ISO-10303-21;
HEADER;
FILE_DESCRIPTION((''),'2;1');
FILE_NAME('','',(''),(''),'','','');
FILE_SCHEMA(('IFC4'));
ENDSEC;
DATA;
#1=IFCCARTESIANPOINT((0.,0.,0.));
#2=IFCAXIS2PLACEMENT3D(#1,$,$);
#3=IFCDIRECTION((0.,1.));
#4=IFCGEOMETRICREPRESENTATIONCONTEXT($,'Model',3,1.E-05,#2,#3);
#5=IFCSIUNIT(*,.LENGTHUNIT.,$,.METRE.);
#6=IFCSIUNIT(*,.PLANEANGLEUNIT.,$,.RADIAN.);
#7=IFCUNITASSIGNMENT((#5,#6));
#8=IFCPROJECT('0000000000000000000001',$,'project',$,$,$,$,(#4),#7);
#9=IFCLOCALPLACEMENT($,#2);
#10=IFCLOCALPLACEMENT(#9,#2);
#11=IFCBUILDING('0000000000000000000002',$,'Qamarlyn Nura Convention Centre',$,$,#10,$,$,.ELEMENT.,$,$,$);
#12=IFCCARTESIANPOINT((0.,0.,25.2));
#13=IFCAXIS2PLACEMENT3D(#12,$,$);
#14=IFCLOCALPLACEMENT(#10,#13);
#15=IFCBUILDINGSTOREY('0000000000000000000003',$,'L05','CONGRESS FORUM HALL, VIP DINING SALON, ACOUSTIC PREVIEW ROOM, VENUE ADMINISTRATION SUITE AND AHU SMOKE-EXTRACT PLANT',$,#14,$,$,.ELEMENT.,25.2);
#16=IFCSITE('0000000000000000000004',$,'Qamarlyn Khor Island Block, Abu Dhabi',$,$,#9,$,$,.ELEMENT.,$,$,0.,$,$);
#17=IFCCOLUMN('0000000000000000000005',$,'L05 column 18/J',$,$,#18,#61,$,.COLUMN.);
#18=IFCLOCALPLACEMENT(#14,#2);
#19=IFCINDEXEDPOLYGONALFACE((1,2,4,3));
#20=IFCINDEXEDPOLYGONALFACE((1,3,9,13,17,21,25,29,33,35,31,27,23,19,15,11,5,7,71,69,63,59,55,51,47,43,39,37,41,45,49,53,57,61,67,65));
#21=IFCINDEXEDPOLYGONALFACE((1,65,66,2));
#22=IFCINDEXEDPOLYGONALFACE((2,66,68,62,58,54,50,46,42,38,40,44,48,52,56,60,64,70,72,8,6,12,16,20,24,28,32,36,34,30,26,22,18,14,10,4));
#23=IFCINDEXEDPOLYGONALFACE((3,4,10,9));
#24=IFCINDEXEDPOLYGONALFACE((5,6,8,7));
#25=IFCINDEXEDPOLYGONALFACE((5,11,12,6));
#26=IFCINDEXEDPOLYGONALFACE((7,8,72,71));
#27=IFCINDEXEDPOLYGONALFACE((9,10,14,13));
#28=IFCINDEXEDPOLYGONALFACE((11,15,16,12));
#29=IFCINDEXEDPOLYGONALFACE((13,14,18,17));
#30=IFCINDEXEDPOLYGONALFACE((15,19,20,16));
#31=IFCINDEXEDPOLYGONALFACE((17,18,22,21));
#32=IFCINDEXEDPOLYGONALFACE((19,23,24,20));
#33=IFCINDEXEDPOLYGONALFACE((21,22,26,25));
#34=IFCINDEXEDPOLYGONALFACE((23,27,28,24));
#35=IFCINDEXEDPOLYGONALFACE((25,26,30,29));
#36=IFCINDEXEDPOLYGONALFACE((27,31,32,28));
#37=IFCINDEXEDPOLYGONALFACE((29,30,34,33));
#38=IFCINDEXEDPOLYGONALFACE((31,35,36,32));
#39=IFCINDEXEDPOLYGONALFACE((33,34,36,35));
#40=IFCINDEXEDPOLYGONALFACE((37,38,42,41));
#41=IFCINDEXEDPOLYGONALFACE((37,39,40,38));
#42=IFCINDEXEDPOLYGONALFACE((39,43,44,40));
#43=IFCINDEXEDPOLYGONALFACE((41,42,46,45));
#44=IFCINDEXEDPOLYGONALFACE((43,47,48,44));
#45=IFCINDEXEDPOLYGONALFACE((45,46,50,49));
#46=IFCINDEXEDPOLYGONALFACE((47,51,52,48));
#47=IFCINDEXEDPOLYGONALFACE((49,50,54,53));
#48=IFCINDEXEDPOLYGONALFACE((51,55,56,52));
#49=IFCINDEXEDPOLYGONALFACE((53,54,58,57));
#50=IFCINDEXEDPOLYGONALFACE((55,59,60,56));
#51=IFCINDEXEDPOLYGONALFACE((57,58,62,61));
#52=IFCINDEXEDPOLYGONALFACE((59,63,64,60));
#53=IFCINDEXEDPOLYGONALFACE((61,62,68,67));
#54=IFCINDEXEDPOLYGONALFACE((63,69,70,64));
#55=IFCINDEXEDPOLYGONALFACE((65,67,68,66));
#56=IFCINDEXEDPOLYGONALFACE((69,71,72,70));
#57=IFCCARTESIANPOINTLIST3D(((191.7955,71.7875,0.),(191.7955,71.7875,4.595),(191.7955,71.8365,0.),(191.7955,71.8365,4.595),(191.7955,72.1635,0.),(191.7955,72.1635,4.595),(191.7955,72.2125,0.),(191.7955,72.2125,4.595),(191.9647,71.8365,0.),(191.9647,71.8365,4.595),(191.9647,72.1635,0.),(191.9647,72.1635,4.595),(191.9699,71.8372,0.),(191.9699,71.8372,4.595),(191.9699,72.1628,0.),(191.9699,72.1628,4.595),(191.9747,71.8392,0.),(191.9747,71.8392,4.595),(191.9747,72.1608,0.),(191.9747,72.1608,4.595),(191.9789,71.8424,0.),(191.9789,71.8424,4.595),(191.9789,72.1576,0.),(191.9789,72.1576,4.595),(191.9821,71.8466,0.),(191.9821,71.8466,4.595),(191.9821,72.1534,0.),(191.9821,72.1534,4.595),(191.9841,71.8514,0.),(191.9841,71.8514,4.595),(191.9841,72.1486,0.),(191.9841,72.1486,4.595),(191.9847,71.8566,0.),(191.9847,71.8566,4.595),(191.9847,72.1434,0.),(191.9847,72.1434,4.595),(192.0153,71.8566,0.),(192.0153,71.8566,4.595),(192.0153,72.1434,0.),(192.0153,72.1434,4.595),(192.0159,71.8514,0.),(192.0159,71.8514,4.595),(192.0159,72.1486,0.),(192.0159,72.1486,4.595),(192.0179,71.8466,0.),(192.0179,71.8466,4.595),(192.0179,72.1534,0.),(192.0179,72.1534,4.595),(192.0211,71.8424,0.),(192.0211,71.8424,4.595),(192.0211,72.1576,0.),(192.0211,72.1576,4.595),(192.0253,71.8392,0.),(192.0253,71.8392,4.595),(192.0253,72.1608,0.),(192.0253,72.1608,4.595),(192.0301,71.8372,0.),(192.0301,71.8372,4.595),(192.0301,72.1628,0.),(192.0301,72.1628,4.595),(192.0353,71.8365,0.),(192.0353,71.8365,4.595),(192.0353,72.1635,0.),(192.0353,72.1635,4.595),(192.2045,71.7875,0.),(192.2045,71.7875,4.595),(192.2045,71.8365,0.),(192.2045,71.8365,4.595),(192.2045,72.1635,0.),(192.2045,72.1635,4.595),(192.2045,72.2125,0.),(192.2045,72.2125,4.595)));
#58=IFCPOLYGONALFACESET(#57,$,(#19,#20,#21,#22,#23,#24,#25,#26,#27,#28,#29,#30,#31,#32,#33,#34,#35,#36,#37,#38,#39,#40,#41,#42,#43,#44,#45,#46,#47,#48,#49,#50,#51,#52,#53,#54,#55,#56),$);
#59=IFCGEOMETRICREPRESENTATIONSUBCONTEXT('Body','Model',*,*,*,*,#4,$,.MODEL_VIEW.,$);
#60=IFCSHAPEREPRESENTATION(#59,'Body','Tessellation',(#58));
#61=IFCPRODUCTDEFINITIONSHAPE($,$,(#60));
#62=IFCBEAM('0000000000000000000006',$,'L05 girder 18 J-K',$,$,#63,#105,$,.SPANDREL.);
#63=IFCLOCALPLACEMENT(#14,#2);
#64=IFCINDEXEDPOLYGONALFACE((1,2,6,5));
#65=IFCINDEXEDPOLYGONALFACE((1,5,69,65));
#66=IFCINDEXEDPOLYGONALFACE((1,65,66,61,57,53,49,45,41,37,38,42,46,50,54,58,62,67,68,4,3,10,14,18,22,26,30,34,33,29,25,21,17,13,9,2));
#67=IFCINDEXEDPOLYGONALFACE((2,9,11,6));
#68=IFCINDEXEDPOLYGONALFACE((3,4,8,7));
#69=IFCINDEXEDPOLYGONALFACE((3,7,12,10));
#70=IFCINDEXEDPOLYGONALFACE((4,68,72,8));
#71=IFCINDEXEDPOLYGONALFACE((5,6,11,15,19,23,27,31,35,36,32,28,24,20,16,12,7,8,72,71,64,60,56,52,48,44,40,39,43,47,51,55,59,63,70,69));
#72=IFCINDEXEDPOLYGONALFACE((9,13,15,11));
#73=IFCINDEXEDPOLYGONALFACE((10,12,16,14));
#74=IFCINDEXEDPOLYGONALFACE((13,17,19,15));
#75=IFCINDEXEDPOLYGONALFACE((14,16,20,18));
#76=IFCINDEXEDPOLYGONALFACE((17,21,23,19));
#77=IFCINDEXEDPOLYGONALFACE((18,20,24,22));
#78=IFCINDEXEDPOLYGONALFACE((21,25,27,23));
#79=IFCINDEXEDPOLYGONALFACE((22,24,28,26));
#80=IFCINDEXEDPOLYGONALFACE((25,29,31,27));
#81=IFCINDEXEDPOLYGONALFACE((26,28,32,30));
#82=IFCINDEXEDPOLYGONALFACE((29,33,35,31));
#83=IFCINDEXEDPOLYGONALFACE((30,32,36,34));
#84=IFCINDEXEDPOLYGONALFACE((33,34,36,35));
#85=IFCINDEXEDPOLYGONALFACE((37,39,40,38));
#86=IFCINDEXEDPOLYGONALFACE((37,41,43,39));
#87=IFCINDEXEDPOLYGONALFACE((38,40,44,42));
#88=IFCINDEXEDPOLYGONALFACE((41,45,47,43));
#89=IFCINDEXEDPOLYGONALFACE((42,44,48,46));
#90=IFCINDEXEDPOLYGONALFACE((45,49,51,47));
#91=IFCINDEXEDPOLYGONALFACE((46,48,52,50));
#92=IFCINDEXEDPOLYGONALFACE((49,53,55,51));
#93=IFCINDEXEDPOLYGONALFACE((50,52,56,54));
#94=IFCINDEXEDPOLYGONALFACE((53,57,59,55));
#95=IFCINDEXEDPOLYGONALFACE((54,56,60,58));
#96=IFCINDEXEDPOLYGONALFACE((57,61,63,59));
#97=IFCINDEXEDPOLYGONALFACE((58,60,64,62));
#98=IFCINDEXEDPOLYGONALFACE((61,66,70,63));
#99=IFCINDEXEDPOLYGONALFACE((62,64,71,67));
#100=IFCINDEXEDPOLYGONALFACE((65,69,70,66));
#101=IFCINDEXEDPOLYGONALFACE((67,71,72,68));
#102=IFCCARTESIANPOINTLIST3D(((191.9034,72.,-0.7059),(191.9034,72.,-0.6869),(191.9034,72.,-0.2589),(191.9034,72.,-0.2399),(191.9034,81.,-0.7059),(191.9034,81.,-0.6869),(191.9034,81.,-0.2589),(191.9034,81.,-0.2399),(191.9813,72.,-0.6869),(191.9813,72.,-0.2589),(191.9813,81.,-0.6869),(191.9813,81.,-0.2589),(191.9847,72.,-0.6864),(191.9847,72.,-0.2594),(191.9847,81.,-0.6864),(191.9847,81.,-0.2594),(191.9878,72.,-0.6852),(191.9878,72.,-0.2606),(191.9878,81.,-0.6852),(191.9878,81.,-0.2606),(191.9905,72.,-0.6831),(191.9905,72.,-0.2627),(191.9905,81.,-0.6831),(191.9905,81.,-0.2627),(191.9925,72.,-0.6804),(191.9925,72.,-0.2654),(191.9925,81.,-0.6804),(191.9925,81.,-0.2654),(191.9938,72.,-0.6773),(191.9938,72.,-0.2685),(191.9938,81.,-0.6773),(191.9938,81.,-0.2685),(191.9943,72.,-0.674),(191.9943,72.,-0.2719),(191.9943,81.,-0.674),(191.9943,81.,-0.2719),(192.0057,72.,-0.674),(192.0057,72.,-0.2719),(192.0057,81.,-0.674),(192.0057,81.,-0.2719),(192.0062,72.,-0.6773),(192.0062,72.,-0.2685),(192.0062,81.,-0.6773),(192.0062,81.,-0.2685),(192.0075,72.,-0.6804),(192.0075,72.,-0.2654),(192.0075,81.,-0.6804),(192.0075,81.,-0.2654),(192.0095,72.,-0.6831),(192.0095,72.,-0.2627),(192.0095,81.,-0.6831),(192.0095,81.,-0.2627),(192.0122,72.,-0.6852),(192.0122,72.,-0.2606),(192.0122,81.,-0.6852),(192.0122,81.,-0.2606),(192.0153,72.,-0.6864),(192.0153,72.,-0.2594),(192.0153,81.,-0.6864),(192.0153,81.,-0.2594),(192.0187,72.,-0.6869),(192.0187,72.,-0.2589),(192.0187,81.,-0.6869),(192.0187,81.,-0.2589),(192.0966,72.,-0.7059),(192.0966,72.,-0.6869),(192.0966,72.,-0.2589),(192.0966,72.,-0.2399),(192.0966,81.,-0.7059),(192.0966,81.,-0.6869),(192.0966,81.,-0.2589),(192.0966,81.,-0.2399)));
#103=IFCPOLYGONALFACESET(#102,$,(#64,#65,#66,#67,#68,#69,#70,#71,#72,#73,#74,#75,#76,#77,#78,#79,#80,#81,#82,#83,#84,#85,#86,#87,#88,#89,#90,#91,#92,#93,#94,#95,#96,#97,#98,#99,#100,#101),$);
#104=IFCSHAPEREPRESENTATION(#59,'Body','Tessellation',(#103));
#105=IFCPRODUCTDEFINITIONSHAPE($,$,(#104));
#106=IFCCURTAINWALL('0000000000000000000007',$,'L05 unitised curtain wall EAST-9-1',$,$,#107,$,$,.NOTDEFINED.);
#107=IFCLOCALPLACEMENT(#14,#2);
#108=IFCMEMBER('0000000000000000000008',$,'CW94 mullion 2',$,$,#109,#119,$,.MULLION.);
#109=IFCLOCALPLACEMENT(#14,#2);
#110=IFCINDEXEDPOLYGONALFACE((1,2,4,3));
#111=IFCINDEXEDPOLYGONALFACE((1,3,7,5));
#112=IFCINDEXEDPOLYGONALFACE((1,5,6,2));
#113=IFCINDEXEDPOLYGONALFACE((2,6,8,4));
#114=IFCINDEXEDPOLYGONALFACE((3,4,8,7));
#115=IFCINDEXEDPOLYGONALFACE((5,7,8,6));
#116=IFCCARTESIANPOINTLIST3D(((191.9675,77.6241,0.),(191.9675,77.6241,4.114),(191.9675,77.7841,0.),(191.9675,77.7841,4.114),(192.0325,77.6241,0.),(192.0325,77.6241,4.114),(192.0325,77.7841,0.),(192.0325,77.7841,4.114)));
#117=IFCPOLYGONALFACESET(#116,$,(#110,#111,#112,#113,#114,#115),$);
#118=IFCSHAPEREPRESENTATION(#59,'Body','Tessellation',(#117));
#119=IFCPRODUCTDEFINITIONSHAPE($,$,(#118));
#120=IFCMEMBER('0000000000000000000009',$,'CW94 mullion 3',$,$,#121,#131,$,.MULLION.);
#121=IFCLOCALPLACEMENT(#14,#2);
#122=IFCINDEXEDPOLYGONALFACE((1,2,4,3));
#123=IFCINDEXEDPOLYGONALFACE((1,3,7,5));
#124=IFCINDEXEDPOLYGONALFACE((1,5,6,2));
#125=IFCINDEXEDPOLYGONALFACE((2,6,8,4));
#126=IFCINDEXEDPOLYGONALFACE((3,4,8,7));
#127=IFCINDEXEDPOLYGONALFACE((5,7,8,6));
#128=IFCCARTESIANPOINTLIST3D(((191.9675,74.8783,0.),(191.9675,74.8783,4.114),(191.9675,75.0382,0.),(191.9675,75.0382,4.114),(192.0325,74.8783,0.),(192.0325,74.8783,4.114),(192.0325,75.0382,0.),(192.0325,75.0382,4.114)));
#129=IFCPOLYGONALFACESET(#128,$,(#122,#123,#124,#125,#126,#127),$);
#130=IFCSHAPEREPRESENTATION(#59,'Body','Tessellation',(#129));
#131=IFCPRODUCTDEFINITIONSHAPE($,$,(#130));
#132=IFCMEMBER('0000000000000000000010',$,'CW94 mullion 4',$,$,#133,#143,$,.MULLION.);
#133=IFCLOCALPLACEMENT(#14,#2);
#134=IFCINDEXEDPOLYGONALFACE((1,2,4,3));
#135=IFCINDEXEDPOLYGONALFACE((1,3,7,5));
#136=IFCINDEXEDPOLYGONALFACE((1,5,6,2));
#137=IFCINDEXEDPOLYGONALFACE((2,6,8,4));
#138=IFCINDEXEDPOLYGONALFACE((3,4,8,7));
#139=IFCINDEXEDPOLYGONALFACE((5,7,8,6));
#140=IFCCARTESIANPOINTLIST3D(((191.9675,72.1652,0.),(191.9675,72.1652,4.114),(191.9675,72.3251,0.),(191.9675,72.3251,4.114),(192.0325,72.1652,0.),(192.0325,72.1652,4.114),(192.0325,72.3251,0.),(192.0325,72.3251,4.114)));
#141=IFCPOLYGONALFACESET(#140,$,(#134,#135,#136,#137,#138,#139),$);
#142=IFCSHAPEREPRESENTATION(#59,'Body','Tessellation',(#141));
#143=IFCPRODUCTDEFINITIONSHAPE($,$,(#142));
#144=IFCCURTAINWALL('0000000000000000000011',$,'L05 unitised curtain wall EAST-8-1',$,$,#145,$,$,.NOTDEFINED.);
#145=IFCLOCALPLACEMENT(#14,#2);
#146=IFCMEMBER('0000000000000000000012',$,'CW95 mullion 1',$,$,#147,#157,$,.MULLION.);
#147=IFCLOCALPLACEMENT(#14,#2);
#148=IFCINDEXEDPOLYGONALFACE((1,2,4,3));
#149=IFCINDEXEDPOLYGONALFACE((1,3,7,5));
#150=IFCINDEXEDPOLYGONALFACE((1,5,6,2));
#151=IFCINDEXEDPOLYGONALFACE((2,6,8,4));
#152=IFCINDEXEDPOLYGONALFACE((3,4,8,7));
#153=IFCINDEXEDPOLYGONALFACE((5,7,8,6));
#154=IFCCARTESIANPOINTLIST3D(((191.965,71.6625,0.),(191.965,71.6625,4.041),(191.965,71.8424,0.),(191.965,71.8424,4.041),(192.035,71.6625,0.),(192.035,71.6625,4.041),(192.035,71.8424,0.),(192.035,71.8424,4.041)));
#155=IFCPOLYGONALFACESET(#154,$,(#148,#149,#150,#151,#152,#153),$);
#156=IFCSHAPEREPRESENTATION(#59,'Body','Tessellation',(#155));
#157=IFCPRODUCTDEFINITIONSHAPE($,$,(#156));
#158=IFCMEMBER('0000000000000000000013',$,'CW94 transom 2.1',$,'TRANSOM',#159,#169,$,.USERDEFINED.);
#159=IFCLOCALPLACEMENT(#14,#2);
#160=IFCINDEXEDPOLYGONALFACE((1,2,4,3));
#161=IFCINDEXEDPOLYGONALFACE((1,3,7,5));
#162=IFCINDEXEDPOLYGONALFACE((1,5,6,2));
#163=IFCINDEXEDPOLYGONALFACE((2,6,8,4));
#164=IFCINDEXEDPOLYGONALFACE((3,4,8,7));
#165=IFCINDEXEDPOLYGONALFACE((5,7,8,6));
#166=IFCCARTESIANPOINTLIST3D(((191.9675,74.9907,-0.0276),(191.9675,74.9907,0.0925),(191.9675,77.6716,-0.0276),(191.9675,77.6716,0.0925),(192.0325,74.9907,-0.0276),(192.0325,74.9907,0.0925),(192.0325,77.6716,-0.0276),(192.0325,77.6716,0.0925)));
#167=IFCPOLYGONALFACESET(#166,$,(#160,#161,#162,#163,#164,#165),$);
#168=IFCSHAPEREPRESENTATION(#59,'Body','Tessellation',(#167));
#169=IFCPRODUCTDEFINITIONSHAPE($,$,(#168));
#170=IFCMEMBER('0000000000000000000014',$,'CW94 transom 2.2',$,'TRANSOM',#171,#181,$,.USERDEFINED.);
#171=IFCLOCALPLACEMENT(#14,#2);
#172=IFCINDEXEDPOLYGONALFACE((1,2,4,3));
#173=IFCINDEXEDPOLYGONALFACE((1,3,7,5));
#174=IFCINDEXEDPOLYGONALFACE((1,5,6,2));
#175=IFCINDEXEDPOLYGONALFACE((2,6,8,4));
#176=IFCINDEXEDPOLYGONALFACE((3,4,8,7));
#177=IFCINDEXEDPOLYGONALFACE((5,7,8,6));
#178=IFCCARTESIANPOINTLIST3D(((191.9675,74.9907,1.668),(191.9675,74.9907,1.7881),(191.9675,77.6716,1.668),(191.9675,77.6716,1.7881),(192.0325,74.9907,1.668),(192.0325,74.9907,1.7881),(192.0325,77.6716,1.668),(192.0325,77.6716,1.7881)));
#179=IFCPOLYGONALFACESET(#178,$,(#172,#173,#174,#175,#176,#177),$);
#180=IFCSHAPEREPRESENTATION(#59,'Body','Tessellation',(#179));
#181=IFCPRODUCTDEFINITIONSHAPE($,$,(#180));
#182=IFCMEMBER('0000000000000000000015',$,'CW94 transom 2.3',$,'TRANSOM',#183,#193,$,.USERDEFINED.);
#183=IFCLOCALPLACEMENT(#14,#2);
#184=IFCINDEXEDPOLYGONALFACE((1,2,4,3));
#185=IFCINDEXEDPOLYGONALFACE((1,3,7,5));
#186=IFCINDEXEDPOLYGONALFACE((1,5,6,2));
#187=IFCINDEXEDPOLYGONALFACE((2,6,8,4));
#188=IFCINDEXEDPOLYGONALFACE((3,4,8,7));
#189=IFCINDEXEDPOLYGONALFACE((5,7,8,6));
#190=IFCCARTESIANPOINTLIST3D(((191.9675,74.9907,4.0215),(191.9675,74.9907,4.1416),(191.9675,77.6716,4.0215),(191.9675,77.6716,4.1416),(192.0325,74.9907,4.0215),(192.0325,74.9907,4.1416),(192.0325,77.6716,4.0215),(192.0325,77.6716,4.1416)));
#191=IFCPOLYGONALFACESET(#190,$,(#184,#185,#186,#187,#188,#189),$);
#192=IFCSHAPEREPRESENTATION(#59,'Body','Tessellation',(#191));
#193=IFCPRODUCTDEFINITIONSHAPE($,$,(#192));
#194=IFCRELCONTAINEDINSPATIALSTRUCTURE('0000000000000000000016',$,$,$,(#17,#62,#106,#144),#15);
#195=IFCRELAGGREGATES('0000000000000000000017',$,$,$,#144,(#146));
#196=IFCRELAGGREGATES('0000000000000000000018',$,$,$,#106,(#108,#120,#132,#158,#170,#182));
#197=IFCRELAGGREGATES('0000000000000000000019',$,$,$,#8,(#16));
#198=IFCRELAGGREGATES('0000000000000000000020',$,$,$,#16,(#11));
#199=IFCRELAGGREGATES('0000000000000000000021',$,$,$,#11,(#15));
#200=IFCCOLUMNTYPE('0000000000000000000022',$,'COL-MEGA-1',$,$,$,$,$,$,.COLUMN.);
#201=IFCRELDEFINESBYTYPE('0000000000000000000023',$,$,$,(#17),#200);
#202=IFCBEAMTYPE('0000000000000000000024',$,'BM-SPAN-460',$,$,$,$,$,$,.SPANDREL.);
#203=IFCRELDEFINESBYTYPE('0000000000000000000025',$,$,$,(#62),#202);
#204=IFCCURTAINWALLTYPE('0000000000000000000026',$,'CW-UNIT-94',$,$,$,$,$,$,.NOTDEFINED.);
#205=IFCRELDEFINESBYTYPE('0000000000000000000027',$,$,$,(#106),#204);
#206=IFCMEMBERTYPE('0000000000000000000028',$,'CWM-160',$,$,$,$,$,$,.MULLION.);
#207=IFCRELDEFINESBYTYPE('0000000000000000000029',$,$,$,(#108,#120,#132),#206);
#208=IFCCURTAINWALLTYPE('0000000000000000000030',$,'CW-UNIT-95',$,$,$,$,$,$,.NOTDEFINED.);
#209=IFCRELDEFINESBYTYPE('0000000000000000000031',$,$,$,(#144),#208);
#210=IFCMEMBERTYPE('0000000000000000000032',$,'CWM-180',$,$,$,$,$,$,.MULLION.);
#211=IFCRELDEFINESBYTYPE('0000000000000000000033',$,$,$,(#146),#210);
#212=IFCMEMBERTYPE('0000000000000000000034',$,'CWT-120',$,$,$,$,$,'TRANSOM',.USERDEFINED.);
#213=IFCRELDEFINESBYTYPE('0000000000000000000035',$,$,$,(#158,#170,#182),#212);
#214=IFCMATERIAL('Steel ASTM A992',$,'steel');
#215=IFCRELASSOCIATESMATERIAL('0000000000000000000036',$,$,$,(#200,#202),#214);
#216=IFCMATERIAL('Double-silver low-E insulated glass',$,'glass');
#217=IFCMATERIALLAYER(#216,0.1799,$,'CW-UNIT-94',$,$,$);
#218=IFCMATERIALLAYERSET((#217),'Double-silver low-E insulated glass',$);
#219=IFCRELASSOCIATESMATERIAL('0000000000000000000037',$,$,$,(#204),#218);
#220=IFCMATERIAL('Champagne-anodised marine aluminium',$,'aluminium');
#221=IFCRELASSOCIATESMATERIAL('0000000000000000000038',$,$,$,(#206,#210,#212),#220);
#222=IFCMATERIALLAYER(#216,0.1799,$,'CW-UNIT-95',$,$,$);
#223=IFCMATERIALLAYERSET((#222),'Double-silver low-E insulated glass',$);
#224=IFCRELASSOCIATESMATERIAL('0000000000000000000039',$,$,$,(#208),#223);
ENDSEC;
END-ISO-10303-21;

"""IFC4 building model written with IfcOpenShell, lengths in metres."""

from ifc_helpers import new_model, si_unit, direction, frame, origin, origin_2d, place, context, subcontext, project, spatial, rectangle, i_section, extrude, material, layer, layer_set, material_profile, profile_set, type_object, element, aggregate, save


model = new_model("IFC4")

# Units and contexts
model_context = context("Model", 3, precision=1e-05, world=origin(), true_north=direction((0.0, 1.0)))
body_context = subcontext(model_context, "Body", "Model", "MODEL_VIEW")
ifc_project = project(units=[si_unit("LENGTHUNIT", "METRE"), si_unit("PLANEANGLEUNIT", "RADIAN")], contexts=[model_context])

# Site, building, storey
site_placement = place(None, origin())
site = spatial("IfcSite", under=ifc_project, at=site_placement, Name="Qamarlyn Khor Island Block, Abu Dhabi", CompositionType="ELEMENT", RefElevation=0.0)
building_placement = place(site_placement, origin())
building = spatial("IfcBuilding", under=site, at=building_placement, Name="Qamarlyn Nura Convention Centre", CompositionType="ELEMENT")
storey_placement = place(building_placement, frame((0.0, 0.0, 25.2)))
storey = spatial("IfcBuildingStorey", under=building, at=storey_placement, Name="L05", Description="CONGRESS FORUM HALL, VIP DINING SALON, ACOUSTIC PREVIEW ROOM, VENUE ADMINISTRATION SUITE AND AHU SMOKE-EXTRACT PLANT", CompositionType="ELEMENT", Elevation=25.2)

# Column
ifc_material_1 = material(Name="Steel ASTM A992", Category="steel")
ifc_material_profile_1 = material_profile(ifc_material_1, i_section(OverallWidth=0.4089, OverallDepth=0.425, WebThickness=0.0305, FlangeThickness=0.0491, FilletRadius=0.02, at=origin_2d()), Name="W360X421")
ifc_profile_set_1 = profile_set([ifc_material_profile_1], Name="Steel ASTM A992")
column_type = type_object("IfcColumnType", Name="COL-MEGA-1", PredefinedType="COLUMN", material=ifc_profile_set_1)
column_placement = place(storey_placement, frame((192.0, 72.0, 0.0), z_axis=(0.0, 0.0, 1.0), x_axis=(1.0, 0.0, 0.0)))
element("IfcColumn", 1, at=column_placement, inside=storey, type_object=column_type, Name="L05 column 18/J", PredefinedType="COLUMN", context=body_context, shape_type="SweptSolid", body=[
    extrude(i_section(OverallWidth=0.4089, OverallDepth=0.425, WebThickness=0.0305, FlangeThickness=0.0491, FilletRadius=0.02, at=origin_2d()), origin(), (0.0, 0.0, 1.0), 4.595),
])

# Beam
ifc_material_profile_2 = material_profile(ifc_material_1, i_section(OverallWidth=0.1931, OverallDepth=0.4661, WebThickness=0.0115, FlangeThickness=0.019, FilletRadius=0.0129, at=origin_2d()), Name="W460X97")
ifc_profile_set_2 = profile_set([ifc_material_profile_2], Name="Steel ASTM A992")
beam_type = type_object("IfcBeamType", Name="BM-SPAN-460", PredefinedType="SPANDREL", material=ifc_profile_set_2)
beam_placement = place(storey_placement, frame((192.0, 72.0, -0.4729), z_axis=(0.0, 1.0, 0.0), x_axis=(-1.0, 0.0, 0.0)))
element("IfcBeam", 2, at=beam_placement, inside=storey, type_object=beam_type, Name="L05 girder 18 J-K", PredefinedType="SPANDREL", context=body_context, shape_type="SweptSolid", body=[
    extrude(i_section(OverallWidth=0.1931, OverallDepth=0.4661, WebThickness=0.0115, FlangeThickness=0.019, FilletRadius=0.0129, at=origin_2d()), origin(), (0.0, 0.0, 1.0), 9.0),
])

# Curtain wall, members
ifc_material_2 = material(Name="Double-silver low-E insulated glass", Category="glass")
ifc_layer_1 = layer(ifc_material_2, 0.1799, Name="CW-UNIT-94")
ifc_layer_set_1 = layer_set([ifc_layer_1], Name="Double-silver low-E insulated glass")
curtain_wall_type_1 = type_object("IfcCurtainWallType", Name="CW-UNIT-94", PredefinedType="NOTDEFINED", material=ifc_layer_set_1)
curtain_wall_1_placement = place(storey_placement, origin())
curtain_wall_1 = element("IfcCurtainWall", 3, at=curtain_wall_1_placement, inside=storey, type_object=curtain_wall_type_1, Name="L05 unitised curtain wall EAST-9-1", PredefinedType="NOTDEFINED")
ifc_material_3 = material(Name="Champagne-anodised marine aluminium", Category="aluminium")
ifc_material_profile_3 = material_profile(ifc_material_3, rectangle(XDim=0.0649, YDim=0.1599, at=origin_2d()), Name="ALU MULLION 65x160")
ifc_profile_set_3 = profile_set([ifc_material_profile_3], Name="Champagne-anodised marine aluminium")
member_type_1 = type_object("IfcMemberType", Name="CWM-160", PredefinedType="MULLION", material=ifc_profile_set_3)
member_1_placement = place(storey_placement, frame((192.0, 77.7041, 0.0), z_axis=(0.0, 0.0, 1.0), x_axis=(1.0, 0.0, 0.0)))
member_1 = element("IfcMember", 4, at=member_1_placement, type_object=member_type_1, Name="CW94 mullion 2", PredefinedType="MULLION", context=body_context, shape_type="SweptSolid", body=[
    extrude(rectangle(XDim=0.0649, YDim=0.1599, at=origin_2d()), origin(), (0.0, 0.0, 1.0), 4.114),
])
member_2_placement = place(storey_placement, frame((192.0, 74.9583, 0.0), z_axis=(0.0, 0.0, 1.0), x_axis=(1.0, 0.0, 0.0)))
member_2 = element("IfcMember", 5, at=member_2_placement, type_object=member_type_1, Name="CW94 mullion 3", PredefinedType="MULLION", context=body_context, shape_type="SweptSolid", body=[
    extrude(rectangle(XDim=0.0649, YDim=0.1599, at=origin_2d()), origin(), (0.0, 0.0, 1.0), 4.114),
])
member_3_placement = place(storey_placement, frame((192.0, 72.2451, 0.0), z_axis=(0.0, 0.0, 1.0), x_axis=(1.0, 0.0, 0.0)))
member_3 = element("IfcMember", 6, at=member_3_placement, type_object=member_type_1, Name="CW94 mullion 4", PredefinedType="MULLION", context=body_context, shape_type="SweptSolid", body=[
    extrude(rectangle(XDim=0.0649, YDim=0.1599, at=origin_2d()), origin(), (0.0, 0.0, 1.0), 4.114),
])

# Curtain wall, member
ifc_layer_2 = layer(ifc_material_2, 0.1799, Name="CW-UNIT-95")
ifc_layer_set_2 = layer_set([ifc_layer_2], Name="Double-silver low-E insulated glass")
curtain_wall_type_2 = type_object("IfcCurtainWallType", Name="CW-UNIT-95", PredefinedType="NOTDEFINED", material=ifc_layer_set_2)
curtain_wall_2_placement = place(storey_placement, origin())
curtain_wall_2 = element("IfcCurtainWall", 7, at=curtain_wall_2_placement, inside=storey, type_object=curtain_wall_type_2, Name="L05 unitised curtain wall EAST-8-1", PredefinedType="NOTDEFINED")
ifc_material_profile_4 = material_profile(ifc_material_3, rectangle(XDim=0.0701, YDim=0.1799, at=origin_2d()), Name="ALU MULLION 70x180")
ifc_profile_set_4 = profile_set([ifc_material_profile_4], Name="Champagne-anodised marine aluminium")
member_type_2 = type_object("IfcMemberType", Name="CWM-180", PredefinedType="MULLION", material=ifc_profile_set_4)
member_4_placement = place(storey_placement, frame((192.0, 71.7524, 0.0), z_axis=(0.0, 0.0, 1.0), x_axis=(1.0, 0.0, 0.0)))
member_4 = element("IfcMember", 8, at=member_4_placement, type_object=member_type_2, Name="CW95 mullion 1", PredefinedType="MULLION", context=body_context, shape_type="SweptSolid", body=[
    extrude(rectangle(XDim=0.0701, YDim=0.1799, at=origin_2d()), origin(), (0.0, 0.0, 1.0), 4.041),
])

# Members
ifc_material_profile_5 = material_profile(ifc_material_3, rectangle(XDim=0.0649, YDim=0.1201, at=origin_2d()), Name="ALU TRANSOM 65x120")
ifc_profile_set_5 = profile_set([ifc_material_profile_5], Name="Champagne-anodised marine aluminium")
member_type_3 = type_object("IfcMemberType", Name="CWT-120", ElementType="TRANSOM", PredefinedType="USERDEFINED", material=ifc_profile_set_5)
member_5_placement = place(storey_placement, frame((192.0, 77.6716, 0.0325), z_axis=(0.0, -1.0, 0.0), x_axis=(1.0, 0.0, 0.0)))
member_5 = element("IfcMember", 9, at=member_5_placement, type_object=member_type_3, Name="CW94 transom 2.1", ObjectType="TRANSOM", PredefinedType="USERDEFINED", context=body_context, shape_type="SweptSolid", body=[
    extrude(rectangle(XDim=0.0649, YDim=0.1201, at=origin_2d()), origin(), (0.0, 0.0, 1.0), 2.6809),
])
member_6_placement = place(storey_placement, frame((192.0, 77.6716, 1.728), z_axis=(0.0, -1.0, 0.0), x_axis=(1.0, 0.0, 0.0)))
member_6 = element("IfcMember", 10, at=member_6_placement, type_object=member_type_3, Name="CW94 transom 2.2", ObjectType="TRANSOM", PredefinedType="USERDEFINED", context=body_context, shape_type="SweptSolid", body=[
    extrude(rectangle(XDim=0.0649, YDim=0.1201, at=origin_2d()), origin(), (0.0, 0.0, 1.0), 2.6809),
])
member_7_placement = place(storey_placement, frame((192.0, 77.6716, 4.0815), z_axis=(0.0, -1.0, 0.0), x_axis=(1.0, 0.0, 0.0)))
member_7 = element("IfcMember", 11, at=member_7_placement, type_object=member_type_3, Name="CW94 transom 2.3", ObjectType="TRANSOM", PredefinedType="USERDEFINED", context=body_context, shape_type="SweptSolid", body=[
    extrude(rectangle(XDim=0.0649, YDim=0.1201, at=origin_2d()), origin(), (0.0, 0.0, 1.0), 2.6809),
])
aggregate(curtain_wall_2, [member_4])

aggregate(curtain_wall_1, [member_1, member_2, member_3, member_5, member_6, member_7])

save(model, "model.ifc")
